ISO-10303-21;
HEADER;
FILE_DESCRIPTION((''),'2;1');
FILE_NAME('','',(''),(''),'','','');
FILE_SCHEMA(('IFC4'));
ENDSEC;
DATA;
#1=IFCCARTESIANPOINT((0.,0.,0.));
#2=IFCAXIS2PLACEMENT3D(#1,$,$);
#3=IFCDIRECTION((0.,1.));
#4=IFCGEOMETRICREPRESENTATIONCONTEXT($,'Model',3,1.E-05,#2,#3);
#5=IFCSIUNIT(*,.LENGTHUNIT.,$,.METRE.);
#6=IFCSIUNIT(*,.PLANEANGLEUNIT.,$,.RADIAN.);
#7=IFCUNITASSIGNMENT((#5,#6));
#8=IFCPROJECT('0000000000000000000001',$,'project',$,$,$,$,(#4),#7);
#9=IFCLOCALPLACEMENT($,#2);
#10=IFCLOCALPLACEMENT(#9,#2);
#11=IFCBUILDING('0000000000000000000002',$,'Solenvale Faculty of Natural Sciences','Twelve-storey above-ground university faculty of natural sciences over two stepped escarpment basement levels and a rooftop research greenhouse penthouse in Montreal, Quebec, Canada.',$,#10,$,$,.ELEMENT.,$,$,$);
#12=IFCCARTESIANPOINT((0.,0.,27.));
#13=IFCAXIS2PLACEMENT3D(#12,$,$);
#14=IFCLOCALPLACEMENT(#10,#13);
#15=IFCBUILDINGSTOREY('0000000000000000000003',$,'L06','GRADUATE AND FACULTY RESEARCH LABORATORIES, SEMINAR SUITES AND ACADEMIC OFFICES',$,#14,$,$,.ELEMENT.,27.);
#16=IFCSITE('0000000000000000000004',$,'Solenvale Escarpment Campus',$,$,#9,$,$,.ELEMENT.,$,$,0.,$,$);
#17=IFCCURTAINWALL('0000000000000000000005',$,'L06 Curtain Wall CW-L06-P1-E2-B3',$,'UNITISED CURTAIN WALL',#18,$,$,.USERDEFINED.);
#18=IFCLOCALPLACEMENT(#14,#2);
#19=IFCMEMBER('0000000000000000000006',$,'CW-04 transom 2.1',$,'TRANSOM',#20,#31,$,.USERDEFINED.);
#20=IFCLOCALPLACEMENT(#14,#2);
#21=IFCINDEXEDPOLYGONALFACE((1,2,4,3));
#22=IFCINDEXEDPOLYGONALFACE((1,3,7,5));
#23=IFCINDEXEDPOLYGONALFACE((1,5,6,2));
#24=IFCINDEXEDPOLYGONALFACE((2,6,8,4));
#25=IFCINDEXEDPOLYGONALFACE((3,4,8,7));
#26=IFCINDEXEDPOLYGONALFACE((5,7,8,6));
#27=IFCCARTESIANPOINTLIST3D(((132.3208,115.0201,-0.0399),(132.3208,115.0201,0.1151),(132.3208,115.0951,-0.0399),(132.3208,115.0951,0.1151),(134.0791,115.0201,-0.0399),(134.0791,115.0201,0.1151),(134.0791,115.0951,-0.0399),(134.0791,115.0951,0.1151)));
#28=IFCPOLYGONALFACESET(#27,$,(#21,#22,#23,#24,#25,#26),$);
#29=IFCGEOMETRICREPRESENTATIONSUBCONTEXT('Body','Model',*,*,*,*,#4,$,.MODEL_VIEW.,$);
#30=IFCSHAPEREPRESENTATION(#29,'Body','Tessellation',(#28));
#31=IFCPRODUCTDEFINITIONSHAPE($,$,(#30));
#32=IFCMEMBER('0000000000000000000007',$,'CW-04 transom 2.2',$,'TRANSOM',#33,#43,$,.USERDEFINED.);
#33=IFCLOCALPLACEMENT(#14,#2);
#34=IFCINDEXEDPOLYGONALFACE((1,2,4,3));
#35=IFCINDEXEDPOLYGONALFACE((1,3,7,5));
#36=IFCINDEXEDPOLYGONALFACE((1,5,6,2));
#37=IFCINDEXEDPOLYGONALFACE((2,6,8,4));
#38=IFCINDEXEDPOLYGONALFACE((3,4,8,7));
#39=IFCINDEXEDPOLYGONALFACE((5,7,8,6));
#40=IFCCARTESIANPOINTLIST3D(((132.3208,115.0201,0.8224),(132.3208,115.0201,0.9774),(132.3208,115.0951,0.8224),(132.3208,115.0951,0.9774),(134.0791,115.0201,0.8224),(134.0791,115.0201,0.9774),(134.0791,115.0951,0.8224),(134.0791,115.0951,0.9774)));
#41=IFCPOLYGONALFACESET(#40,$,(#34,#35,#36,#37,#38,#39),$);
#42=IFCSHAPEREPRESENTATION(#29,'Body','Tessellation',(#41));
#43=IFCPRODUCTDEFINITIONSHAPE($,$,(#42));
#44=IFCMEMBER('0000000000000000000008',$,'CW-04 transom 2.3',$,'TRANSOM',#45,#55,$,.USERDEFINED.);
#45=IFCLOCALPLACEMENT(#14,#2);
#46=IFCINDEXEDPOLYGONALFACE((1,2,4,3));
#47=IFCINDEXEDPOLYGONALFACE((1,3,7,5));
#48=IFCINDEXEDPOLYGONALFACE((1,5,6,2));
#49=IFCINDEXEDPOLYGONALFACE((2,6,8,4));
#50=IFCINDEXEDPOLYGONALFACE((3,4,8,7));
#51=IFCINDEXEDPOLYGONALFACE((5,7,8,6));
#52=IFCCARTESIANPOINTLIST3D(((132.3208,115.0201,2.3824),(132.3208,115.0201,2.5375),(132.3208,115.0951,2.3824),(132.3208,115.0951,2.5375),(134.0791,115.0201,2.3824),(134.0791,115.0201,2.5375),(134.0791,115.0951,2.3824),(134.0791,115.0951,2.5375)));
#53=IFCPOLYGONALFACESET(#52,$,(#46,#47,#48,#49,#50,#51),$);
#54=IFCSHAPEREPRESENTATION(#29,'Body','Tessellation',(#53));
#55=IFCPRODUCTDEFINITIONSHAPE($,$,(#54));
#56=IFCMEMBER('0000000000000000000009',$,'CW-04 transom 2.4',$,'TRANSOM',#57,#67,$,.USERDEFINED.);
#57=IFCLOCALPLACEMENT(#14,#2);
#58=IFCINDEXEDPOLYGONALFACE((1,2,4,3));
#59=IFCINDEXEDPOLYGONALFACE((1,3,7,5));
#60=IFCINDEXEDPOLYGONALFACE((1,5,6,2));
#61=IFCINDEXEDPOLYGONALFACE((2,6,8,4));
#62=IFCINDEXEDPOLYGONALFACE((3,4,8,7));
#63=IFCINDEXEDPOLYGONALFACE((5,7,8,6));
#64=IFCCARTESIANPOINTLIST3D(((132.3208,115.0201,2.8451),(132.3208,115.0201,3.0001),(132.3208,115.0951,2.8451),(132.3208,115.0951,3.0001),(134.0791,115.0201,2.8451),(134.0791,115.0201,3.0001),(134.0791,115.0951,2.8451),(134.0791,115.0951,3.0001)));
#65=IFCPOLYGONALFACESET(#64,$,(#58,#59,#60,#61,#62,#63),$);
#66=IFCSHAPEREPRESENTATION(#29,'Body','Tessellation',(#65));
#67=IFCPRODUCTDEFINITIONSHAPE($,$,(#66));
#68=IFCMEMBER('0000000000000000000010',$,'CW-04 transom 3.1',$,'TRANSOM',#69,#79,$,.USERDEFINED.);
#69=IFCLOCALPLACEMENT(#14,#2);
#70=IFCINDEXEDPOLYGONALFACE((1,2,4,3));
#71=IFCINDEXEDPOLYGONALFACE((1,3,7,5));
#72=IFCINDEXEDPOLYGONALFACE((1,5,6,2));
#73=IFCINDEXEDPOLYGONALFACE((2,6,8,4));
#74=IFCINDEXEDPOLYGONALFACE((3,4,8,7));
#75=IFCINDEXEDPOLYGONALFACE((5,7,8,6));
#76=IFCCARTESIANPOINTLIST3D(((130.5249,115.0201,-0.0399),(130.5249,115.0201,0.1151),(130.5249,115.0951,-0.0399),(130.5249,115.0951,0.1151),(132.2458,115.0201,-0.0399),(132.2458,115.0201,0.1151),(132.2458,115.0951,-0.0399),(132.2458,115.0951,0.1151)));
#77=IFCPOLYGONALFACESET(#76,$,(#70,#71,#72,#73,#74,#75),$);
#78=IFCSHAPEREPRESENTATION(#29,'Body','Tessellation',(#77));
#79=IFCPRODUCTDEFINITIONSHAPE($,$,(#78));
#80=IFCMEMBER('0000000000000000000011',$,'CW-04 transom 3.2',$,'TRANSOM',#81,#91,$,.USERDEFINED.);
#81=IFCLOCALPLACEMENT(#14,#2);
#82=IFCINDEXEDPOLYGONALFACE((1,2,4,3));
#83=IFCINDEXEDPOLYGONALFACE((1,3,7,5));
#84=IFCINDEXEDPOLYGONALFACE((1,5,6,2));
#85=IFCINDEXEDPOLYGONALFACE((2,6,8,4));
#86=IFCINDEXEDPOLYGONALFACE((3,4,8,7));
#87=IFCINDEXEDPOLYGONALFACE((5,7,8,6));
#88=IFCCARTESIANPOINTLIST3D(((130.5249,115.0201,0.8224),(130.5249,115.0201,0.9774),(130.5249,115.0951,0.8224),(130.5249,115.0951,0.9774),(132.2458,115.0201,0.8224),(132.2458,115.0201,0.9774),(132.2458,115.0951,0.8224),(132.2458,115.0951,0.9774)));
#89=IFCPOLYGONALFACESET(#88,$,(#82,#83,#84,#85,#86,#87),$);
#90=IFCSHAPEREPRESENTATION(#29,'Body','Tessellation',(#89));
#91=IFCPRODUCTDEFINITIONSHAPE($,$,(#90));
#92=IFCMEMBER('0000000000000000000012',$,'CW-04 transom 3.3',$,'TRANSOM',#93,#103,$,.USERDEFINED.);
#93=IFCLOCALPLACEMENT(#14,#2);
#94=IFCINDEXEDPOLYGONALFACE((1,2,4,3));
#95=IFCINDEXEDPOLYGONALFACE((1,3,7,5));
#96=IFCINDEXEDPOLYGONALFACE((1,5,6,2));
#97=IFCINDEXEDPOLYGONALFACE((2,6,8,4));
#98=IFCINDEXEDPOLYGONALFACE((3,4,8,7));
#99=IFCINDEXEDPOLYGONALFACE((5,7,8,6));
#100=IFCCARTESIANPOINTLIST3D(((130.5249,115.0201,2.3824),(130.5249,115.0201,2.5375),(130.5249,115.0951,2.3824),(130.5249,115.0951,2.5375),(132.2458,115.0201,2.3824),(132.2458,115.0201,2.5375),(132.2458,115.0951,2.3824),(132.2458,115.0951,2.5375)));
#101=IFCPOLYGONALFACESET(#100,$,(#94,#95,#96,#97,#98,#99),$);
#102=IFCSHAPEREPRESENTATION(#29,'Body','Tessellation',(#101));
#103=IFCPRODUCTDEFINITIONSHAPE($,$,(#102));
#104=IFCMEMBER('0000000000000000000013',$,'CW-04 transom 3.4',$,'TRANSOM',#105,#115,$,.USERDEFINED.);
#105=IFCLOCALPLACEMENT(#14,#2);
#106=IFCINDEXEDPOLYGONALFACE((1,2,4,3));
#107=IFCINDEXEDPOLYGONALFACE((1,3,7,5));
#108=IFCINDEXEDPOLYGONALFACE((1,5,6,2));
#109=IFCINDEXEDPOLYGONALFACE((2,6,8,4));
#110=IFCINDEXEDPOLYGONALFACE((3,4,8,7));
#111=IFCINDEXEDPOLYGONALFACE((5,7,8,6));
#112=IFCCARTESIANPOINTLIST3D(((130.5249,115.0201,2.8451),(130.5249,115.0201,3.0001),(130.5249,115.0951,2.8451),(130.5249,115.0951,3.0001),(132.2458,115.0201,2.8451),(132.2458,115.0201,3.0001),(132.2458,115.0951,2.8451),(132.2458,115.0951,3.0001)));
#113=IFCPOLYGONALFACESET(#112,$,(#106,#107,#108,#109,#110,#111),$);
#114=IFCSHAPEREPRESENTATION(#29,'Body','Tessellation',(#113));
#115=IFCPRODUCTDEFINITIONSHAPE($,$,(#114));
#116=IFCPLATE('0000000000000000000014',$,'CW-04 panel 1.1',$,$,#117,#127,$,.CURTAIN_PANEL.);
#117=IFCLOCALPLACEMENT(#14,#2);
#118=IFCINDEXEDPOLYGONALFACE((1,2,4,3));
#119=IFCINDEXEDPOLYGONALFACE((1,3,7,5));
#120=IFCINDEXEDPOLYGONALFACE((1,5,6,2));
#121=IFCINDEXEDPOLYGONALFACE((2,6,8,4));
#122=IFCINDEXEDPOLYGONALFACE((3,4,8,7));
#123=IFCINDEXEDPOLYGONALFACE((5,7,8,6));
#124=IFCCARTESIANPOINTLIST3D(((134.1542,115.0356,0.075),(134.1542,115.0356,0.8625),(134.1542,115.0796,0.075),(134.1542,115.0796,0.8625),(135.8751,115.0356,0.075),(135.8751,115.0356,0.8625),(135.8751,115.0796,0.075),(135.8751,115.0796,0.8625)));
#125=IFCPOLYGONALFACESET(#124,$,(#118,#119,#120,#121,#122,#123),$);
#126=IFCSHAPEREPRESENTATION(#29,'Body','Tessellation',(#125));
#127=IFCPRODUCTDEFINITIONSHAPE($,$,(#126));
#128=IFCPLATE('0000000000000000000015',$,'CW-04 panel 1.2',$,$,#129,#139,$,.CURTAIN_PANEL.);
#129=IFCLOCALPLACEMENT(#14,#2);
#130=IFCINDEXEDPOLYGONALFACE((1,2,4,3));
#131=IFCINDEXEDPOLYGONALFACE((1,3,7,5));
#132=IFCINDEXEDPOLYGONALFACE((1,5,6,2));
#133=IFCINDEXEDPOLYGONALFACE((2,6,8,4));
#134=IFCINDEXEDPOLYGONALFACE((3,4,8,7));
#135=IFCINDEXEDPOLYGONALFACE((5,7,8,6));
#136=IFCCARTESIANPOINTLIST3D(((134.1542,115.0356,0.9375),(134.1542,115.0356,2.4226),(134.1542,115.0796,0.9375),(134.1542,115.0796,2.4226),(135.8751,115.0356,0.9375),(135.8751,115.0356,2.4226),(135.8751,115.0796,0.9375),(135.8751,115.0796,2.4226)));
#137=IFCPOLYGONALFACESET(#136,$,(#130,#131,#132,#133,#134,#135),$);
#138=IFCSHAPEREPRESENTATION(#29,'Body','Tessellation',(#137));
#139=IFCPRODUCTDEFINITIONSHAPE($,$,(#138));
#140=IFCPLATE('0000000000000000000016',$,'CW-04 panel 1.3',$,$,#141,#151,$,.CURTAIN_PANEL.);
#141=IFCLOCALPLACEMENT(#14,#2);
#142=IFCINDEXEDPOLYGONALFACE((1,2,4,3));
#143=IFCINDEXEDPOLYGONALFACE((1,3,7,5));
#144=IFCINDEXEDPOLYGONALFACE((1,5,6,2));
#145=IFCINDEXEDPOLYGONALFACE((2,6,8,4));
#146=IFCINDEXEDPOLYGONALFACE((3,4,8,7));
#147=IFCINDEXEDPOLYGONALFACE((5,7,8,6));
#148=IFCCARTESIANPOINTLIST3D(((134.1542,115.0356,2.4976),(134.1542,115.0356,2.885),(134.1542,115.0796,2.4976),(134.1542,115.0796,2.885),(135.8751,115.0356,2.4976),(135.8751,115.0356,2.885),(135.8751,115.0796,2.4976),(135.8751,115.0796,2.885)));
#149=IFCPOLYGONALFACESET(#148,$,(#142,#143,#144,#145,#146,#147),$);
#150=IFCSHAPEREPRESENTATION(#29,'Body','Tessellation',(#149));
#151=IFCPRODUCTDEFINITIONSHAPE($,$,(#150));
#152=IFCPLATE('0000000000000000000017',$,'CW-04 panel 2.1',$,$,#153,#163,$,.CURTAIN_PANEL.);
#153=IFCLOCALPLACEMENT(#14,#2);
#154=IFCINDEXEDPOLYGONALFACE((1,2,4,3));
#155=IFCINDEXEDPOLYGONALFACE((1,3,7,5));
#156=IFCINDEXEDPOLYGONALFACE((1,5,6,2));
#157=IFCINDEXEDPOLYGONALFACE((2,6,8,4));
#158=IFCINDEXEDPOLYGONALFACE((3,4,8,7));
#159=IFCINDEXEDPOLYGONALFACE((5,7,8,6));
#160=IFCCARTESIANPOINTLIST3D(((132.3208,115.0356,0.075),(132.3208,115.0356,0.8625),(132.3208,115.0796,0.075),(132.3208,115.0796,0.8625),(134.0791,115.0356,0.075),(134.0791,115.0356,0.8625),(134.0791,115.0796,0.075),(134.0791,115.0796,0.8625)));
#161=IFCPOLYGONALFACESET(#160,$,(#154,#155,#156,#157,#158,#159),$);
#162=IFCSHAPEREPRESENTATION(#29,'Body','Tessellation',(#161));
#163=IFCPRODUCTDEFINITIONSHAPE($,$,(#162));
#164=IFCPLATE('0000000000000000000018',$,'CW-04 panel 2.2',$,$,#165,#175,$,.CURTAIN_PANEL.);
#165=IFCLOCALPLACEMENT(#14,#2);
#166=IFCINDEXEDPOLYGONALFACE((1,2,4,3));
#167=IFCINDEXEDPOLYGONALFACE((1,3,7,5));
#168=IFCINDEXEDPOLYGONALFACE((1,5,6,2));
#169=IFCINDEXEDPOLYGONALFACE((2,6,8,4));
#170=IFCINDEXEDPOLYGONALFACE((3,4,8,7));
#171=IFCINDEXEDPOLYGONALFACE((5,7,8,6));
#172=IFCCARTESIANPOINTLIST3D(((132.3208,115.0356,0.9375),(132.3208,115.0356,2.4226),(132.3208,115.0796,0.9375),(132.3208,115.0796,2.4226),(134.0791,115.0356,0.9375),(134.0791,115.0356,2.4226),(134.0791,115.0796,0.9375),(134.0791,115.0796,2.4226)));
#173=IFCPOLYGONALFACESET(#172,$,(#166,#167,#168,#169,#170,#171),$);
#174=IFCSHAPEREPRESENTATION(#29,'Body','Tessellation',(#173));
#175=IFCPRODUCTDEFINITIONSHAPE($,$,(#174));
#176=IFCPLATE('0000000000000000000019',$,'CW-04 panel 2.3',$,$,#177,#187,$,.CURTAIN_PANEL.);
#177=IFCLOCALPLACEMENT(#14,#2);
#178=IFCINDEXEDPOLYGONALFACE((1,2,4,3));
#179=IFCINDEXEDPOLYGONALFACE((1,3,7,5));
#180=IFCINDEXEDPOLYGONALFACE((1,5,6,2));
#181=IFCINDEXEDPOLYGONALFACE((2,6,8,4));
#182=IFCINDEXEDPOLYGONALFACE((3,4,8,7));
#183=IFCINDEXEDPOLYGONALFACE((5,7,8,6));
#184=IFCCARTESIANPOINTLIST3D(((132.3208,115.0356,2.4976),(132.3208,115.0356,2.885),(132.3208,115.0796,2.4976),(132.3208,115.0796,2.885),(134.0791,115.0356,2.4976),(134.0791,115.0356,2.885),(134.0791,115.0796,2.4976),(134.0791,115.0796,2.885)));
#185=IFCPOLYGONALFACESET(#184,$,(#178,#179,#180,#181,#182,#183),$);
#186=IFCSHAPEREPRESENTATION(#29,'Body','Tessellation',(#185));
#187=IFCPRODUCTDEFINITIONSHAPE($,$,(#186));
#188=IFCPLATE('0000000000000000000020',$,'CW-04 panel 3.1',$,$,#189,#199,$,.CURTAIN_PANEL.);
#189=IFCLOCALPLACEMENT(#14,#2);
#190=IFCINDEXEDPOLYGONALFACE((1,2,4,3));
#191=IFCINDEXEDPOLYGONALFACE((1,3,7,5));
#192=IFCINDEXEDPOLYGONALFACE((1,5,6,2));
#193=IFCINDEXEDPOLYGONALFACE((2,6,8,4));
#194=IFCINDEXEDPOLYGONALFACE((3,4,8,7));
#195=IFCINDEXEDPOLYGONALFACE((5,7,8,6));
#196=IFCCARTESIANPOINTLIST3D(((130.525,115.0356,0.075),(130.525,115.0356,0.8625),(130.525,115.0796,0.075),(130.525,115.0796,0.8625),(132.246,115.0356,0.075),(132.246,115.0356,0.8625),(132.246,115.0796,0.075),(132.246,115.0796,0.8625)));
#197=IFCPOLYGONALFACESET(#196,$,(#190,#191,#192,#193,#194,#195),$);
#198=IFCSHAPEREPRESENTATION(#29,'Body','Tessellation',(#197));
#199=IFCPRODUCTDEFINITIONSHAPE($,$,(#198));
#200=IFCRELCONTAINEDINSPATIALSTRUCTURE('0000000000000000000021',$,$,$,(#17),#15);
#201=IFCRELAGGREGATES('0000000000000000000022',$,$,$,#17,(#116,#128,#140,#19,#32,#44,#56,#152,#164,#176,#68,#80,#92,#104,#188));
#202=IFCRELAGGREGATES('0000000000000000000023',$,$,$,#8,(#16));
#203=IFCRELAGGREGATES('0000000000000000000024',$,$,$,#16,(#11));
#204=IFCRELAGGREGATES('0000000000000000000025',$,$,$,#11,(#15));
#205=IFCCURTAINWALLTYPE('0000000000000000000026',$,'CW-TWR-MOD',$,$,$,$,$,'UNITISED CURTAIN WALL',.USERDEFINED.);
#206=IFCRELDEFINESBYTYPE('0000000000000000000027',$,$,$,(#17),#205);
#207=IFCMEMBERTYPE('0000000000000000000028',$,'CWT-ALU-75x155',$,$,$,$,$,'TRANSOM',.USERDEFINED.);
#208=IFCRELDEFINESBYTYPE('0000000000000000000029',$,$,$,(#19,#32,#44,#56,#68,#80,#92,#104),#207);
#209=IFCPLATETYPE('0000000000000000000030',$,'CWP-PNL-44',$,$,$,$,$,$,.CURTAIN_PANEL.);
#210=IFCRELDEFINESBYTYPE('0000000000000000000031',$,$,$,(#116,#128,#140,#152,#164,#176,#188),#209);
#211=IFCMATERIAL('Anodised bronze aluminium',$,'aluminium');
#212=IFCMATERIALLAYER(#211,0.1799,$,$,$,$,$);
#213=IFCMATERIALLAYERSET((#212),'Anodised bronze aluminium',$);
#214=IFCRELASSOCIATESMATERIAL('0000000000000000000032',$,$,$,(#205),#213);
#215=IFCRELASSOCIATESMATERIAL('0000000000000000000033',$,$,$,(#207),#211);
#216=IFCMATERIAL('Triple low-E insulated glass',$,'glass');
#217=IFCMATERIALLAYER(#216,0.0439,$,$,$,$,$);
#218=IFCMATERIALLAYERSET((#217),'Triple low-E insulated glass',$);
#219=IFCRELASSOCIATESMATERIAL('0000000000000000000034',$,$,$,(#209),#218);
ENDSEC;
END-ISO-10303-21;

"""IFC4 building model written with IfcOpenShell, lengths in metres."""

from ifc_helpers import new_model, si_unit, direction, frame, origin, origin_2d, place, context, subcontext, project, spatial, rectangle, extrude, material, layer, layer_set, material_profile, profile_set, type_object, element, aggregate, save


model = new_model("IFC4")

# Units and contexts
model_context = context("Model", 3, precision=1e-05, world=origin(), true_north=direction((0.0, 1.0)))
body_context = subcontext(model_context, "Body", "Model", "MODEL_VIEW")
ifc_project = project(units=[si_unit("LENGTHUNIT", "METRE"), si_unit("PLANEANGLEUNIT", "RADIAN")], contexts=[model_context])

# Site, building, storey
site_placement = place(None, origin())
site = spatial("IfcSite", under=ifc_project, at=site_placement, Name="Solenvale Escarpment Campus", CompositionType="ELEMENT", RefElevation=0.0)
building_placement = place(site_placement, origin())
building = spatial("IfcBuilding", under=site, at=building_placement, Name="Solenvale Faculty of Natural Sciences", Description="Twelve-storey above-ground university faculty of natural sciences over two stepped escarpment basement levels and a rooftop research greenhouse penthouse in Montreal, Quebec, Canada.", CompositionType="ELEMENT")
storey_placement = place(building_placement, frame((0.0, 0.0, 27.0)))
storey = spatial("IfcBuildingStorey", under=building, at=storey_placement, Name="L06", Description="GRADUATE AND FACULTY RESEARCH LABORATORIES, SEMINAR SUITES AND ACADEMIC OFFICES", CompositionType="ELEMENT", Elevation=27.0)

# Shared definitions
ifc_material_1 = material(Name="Anodised bronze aluminium", Category="aluminium")
ifc_layer_1 = layer(ifc_material_1, 0.1799)
ifc_layer_set_1 = layer_set([ifc_layer_1], Name="Anodised bronze aluminium")
curtain_wall_type = type_object("IfcCurtainWallType", Name="CW-TWR-MOD", ElementType="UNITISED CURTAIN WALL", PredefinedType="USERDEFINED", material=ifc_layer_set_1)

# Curtain wall
curtain_wall_1_placement = place(storey_placement, origin())
curtain_wall_1 = element("IfcCurtainWall", 1, at=curtain_wall_1_placement, inside=storey, type_object=curtain_wall_type, Name="L06 Curtain Wall CW-L06-P1-E2-B3", ObjectType="UNITISED CURTAIN WALL", PredefinedType="USERDEFINED")

# Members
ifc_material_profile_1 = material_profile(ifc_material_1, rectangle(XDim=0.075, YDim=0.155, at=origin_2d()), Name="ALU-TRN-75x155")
ifc_profile_set_1 = profile_set([ifc_material_profile_1], Name="Anodised bronze aluminium")
member_type_1 = type_object("IfcMemberType", Name="CWT-ALU-75x155", ElementType="TRANSOM", PredefinedType="USERDEFINED", material=ifc_profile_set_1)
member_1_placement = place(storey_placement, frame((134.0791, 115.0576, 0.0376), z_axis=(-1.0, 0.0, 0.0), x_axis=(0.0, -1.0, 0.0)))
member_1 = element("IfcMember", 2, at=member_1_placement, type_object=member_type_1, Name="CW-04 transom 2.1", ObjectType="TRANSOM", PredefinedType="USERDEFINED", context=body_context, shape_type="SweptSolid", body=[
    extrude(rectangle(XDim=0.075, YDim=0.155, at=origin_2d()), origin(), (0.0, 0.0, 1.0), 1.7583),
])
member_2_placement = place(storey_placement, frame((134.0791, 115.0576, 0.8999), z_axis=(-1.0, 0.0, 0.0), x_axis=(0.0, -1.0, 0.0)))
member_2 = element("IfcMember", 3, at=member_2_placement, type_object=member_type_1, Name="CW-04 transom 2.2", ObjectType="TRANSOM", PredefinedType="USERDEFINED", context=body_context, shape_type="SweptSolid", body=[
    extrude(rectangle(XDim=0.075, YDim=0.155, at=origin_2d()), origin(), (0.0, 0.0, 1.0), 1.7583),
])
member_3_placement = place(storey_placement, frame((134.0791, 115.0576, 2.46), z_axis=(-1.0, 0.0, 0.0), x_axis=(0.0, -1.0, 0.0)))
member_3 = element("IfcMember", 4, at=member_3_placement, type_object=member_type_1, Name="CW-04 transom 2.3", ObjectType="TRANSOM", PredefinedType="USERDEFINED", context=body_context, shape_type="SweptSolid", body=[
    extrude(rectangle(XDim=0.075, YDim=0.155, at=origin_2d()), origin(), (0.0, 0.0, 1.0), 1.7583),
])
member_4_placement = place(storey_placement, frame((134.0791, 115.0576, 2.9226), z_axis=(-1.0, 0.0, 0.0), x_axis=(0.0, -1.0, 0.0)))
member_4 = element("IfcMember", 5, at=member_4_placement, type_object=member_type_1, Name="CW-04 transom 2.4", ObjectType="TRANSOM", PredefinedType="USERDEFINED", context=body_context, shape_type="SweptSolid", body=[
    extrude(rectangle(XDim=0.075, YDim=0.155, at=origin_2d()), origin(), (0.0, 0.0, 1.0), 1.7583),
])
member_5_placement = place(storey_placement, frame((132.2458, 115.0576, 0.0376), z_axis=(-1.0, 0.0, 0.0), x_axis=(0.0, -1.0, 0.0)))
member_5 = element("IfcMember", 6, at=member_5_placement, type_object=member_type_1, Name="CW-04 transom 3.1", ObjectType="TRANSOM", PredefinedType="USERDEFINED", context=body_context, shape_type="SweptSolid", body=[
    extrude(rectangle(XDim=0.075, YDim=0.155, at=origin_2d()), origin(), (0.0, 0.0, 1.0), 1.7209),
])
member_6_placement = place(storey_placement, frame((132.2458, 115.0576, 0.8999), z_axis=(-1.0, 0.0, 0.0), x_axis=(0.0, -1.0, 0.0)))
member_6 = element("IfcMember", 7, at=member_6_placement, type_object=member_type_1, Name="CW-04 transom 3.2", ObjectType="TRANSOM", PredefinedType="USERDEFINED", context=body_context, shape_type="SweptSolid", body=[
    extrude(rectangle(XDim=0.075, YDim=0.155, at=origin_2d()), origin(), (0.0, 0.0, 1.0), 1.7209),
])
member_7_placement = place(storey_placement, frame((132.2458, 115.0576, 2.46), z_axis=(-1.0, 0.0, 0.0), x_axis=(0.0, -1.0, 0.0)))
member_7 = element("IfcMember", 8, at=member_7_placement, type_object=member_type_1, Name="CW-04 transom 3.3", ObjectType="TRANSOM", PredefinedType="USERDEFINED", context=body_context, shape_type="SweptSolid", body=[
    extrude(rectangle(XDim=0.075, YDim=0.155, at=origin_2d()), origin(), (0.0, 0.0, 1.0), 1.7209),
])
member_8_placement = place(storey_placement, frame((132.2458, 115.0576, 2.9226), z_axis=(-1.0, 0.0, 0.0), x_axis=(0.0, -1.0, 0.0)))
member_8 = element("IfcMember", 9, at=member_8_placement, type_object=member_type_1, Name="CW-04 transom 3.4", ObjectType="TRANSOM", PredefinedType="USERDEFINED", context=body_context, shape_type="SweptSolid", body=[
    extrude(rectangle(XDim=0.075, YDim=0.155, at=origin_2d()), origin(), (0.0, 0.0, 1.0), 1.7209),
])

# Plates
ifc_material_2 = material(Name="Triple low-E insulated glass", Category="glass")
ifc_layer_2 = layer(ifc_material_2, 0.0439)
ifc_layer_set_2 = layer_set([ifc_layer_2], Name="Triple low-E insulated glass")
plate_type = type_object("IfcPlateType", Name="CWP-PNL-44", PredefinedType="CURTAIN_PANEL", material=ifc_layer_set_2)
plate_1_placement = place(storey_placement, frame((135.0146, 115.0576, 0.075), z_axis=(0.0, 0.0, 1.0), x_axis=(-1.0, 0.0, 0.0)))
plate_1 = element("IfcPlate", 10, at=plate_1_placement, type_object=plate_type, Name="CW-04 panel 1.1", PredefinedType="CURTAIN_PANEL", context=body_context, shape_type="SweptSolid", body=[
    extrude(rectangle(XDim=1.7209, YDim=0.0439, at=origin_2d()), origin(), (0.0, 0.0, 1.0), 0.7876),
])
plate_2_placement = place(storey_placement, frame((135.0146, 115.0576, 0.9375), z_axis=(0.0, 0.0, 1.0), x_axis=(-1.0, 0.0, 0.0)))
plate_2 = element("IfcPlate", 11, at=plate_2_placement, type_object=plate_type, Name="CW-04 panel 1.2", PredefinedType="CURTAIN_PANEL", context=body_context, shape_type="SweptSolid", body=[
    extrude(rectangle(XDim=1.7209, YDim=0.0439, at=origin_2d()), origin(), (0.0, 0.0, 1.0), 1.4851),
])
plate_3_placement = place(storey_placement, frame((135.0146, 115.0576, 2.4976), z_axis=(0.0, 0.0, 1.0), x_axis=(-1.0, 0.0, 0.0)))
plate_3 = element("IfcPlate", 12, at=plate_3_placement, type_object=plate_type, Name="CW-04 panel 1.3", PredefinedType="CURTAIN_PANEL", context=body_context, shape_type="SweptSolid", body=[
    extrude(rectangle(XDim=1.7209, YDim=0.0439, at=origin_2d()), origin(), (0.0, 0.0, 1.0), 0.3875),
])
plate_4_placement = place(storey_placement, frame((133.2, 115.0576, 0.075), z_axis=(0.0, 0.0, 1.0), x_axis=(-1.0, 0.0, 0.0)))
plate_4 = element("IfcPlate", 13, at=plate_4_placement, type_object=plate_type, Name="CW-04 panel 2.1", PredefinedType="CURTAIN_PANEL", context=body_context, shape_type="SweptSolid", body=[
    extrude(rectangle(XDim=1.7583, YDim=0.0439, at=origin_2d()), origin(), (0.0, 0.0, 1.0), 0.7876),
])
plate_5_placement = place(storey_placement, frame((133.2, 115.0576, 0.9375), z_axis=(0.0, 0.0, 1.0), x_axis=(-1.0, 0.0, 0.0)))
plate_5 = element("IfcPlate", 14, at=plate_5_placement, type_object=plate_type, Name="CW-04 panel 2.2", PredefinedType="CURTAIN_PANEL", context=body_context, shape_type="SweptSolid", body=[
    extrude(rectangle(XDim=1.7583, YDim=0.0439, at=origin_2d()), origin(), (0.0, 0.0, 1.0), 1.4851),
])
plate_6_placement = place(storey_placement, frame((133.2, 115.0576, 2.4976), z_axis=(0.0, 0.0, 1.0), x_axis=(-1.0, 0.0, 0.0)))
plate_6 = element("IfcPlate", 15, at=plate_6_placement, type_object=plate_type, Name="CW-04 panel 2.3", PredefinedType="CURTAIN_PANEL", context=body_context, shape_type="SweptSolid", body=[
    extrude(rectangle(XDim=1.7583, YDim=0.0439, at=origin_2d()), origin(), (0.0, 0.0, 1.0), 0.3875),
])
plate_7_placement = place(storey_placement, frame((131.3855, 115.0576, 0.075), z_axis=(0.0, 0.0, 1.0), x_axis=(-1.0, 0.0, 0.0)))
plate_7 = element("IfcPlate", 16, at=plate_7_placement, type_object=plate_type, Name="CW-04 panel 3.1", PredefinedType="CURTAIN_PANEL", context=body_context, shape_type="SweptSolid", body=[
    extrude(rectangle(XDim=1.7209, YDim=0.0439, at=origin_2d()), origin(), (0.0, 0.0, 1.0), 0.7876),
])
aggregate(curtain_wall_1, [plate_1, plate_2, plate_3, member_1, member_2, member_3, member_4, plate_4, plate_5, plate_6, member_5, member_6, member_7, member_8, plate_7])

save(model, "model.ifc")
